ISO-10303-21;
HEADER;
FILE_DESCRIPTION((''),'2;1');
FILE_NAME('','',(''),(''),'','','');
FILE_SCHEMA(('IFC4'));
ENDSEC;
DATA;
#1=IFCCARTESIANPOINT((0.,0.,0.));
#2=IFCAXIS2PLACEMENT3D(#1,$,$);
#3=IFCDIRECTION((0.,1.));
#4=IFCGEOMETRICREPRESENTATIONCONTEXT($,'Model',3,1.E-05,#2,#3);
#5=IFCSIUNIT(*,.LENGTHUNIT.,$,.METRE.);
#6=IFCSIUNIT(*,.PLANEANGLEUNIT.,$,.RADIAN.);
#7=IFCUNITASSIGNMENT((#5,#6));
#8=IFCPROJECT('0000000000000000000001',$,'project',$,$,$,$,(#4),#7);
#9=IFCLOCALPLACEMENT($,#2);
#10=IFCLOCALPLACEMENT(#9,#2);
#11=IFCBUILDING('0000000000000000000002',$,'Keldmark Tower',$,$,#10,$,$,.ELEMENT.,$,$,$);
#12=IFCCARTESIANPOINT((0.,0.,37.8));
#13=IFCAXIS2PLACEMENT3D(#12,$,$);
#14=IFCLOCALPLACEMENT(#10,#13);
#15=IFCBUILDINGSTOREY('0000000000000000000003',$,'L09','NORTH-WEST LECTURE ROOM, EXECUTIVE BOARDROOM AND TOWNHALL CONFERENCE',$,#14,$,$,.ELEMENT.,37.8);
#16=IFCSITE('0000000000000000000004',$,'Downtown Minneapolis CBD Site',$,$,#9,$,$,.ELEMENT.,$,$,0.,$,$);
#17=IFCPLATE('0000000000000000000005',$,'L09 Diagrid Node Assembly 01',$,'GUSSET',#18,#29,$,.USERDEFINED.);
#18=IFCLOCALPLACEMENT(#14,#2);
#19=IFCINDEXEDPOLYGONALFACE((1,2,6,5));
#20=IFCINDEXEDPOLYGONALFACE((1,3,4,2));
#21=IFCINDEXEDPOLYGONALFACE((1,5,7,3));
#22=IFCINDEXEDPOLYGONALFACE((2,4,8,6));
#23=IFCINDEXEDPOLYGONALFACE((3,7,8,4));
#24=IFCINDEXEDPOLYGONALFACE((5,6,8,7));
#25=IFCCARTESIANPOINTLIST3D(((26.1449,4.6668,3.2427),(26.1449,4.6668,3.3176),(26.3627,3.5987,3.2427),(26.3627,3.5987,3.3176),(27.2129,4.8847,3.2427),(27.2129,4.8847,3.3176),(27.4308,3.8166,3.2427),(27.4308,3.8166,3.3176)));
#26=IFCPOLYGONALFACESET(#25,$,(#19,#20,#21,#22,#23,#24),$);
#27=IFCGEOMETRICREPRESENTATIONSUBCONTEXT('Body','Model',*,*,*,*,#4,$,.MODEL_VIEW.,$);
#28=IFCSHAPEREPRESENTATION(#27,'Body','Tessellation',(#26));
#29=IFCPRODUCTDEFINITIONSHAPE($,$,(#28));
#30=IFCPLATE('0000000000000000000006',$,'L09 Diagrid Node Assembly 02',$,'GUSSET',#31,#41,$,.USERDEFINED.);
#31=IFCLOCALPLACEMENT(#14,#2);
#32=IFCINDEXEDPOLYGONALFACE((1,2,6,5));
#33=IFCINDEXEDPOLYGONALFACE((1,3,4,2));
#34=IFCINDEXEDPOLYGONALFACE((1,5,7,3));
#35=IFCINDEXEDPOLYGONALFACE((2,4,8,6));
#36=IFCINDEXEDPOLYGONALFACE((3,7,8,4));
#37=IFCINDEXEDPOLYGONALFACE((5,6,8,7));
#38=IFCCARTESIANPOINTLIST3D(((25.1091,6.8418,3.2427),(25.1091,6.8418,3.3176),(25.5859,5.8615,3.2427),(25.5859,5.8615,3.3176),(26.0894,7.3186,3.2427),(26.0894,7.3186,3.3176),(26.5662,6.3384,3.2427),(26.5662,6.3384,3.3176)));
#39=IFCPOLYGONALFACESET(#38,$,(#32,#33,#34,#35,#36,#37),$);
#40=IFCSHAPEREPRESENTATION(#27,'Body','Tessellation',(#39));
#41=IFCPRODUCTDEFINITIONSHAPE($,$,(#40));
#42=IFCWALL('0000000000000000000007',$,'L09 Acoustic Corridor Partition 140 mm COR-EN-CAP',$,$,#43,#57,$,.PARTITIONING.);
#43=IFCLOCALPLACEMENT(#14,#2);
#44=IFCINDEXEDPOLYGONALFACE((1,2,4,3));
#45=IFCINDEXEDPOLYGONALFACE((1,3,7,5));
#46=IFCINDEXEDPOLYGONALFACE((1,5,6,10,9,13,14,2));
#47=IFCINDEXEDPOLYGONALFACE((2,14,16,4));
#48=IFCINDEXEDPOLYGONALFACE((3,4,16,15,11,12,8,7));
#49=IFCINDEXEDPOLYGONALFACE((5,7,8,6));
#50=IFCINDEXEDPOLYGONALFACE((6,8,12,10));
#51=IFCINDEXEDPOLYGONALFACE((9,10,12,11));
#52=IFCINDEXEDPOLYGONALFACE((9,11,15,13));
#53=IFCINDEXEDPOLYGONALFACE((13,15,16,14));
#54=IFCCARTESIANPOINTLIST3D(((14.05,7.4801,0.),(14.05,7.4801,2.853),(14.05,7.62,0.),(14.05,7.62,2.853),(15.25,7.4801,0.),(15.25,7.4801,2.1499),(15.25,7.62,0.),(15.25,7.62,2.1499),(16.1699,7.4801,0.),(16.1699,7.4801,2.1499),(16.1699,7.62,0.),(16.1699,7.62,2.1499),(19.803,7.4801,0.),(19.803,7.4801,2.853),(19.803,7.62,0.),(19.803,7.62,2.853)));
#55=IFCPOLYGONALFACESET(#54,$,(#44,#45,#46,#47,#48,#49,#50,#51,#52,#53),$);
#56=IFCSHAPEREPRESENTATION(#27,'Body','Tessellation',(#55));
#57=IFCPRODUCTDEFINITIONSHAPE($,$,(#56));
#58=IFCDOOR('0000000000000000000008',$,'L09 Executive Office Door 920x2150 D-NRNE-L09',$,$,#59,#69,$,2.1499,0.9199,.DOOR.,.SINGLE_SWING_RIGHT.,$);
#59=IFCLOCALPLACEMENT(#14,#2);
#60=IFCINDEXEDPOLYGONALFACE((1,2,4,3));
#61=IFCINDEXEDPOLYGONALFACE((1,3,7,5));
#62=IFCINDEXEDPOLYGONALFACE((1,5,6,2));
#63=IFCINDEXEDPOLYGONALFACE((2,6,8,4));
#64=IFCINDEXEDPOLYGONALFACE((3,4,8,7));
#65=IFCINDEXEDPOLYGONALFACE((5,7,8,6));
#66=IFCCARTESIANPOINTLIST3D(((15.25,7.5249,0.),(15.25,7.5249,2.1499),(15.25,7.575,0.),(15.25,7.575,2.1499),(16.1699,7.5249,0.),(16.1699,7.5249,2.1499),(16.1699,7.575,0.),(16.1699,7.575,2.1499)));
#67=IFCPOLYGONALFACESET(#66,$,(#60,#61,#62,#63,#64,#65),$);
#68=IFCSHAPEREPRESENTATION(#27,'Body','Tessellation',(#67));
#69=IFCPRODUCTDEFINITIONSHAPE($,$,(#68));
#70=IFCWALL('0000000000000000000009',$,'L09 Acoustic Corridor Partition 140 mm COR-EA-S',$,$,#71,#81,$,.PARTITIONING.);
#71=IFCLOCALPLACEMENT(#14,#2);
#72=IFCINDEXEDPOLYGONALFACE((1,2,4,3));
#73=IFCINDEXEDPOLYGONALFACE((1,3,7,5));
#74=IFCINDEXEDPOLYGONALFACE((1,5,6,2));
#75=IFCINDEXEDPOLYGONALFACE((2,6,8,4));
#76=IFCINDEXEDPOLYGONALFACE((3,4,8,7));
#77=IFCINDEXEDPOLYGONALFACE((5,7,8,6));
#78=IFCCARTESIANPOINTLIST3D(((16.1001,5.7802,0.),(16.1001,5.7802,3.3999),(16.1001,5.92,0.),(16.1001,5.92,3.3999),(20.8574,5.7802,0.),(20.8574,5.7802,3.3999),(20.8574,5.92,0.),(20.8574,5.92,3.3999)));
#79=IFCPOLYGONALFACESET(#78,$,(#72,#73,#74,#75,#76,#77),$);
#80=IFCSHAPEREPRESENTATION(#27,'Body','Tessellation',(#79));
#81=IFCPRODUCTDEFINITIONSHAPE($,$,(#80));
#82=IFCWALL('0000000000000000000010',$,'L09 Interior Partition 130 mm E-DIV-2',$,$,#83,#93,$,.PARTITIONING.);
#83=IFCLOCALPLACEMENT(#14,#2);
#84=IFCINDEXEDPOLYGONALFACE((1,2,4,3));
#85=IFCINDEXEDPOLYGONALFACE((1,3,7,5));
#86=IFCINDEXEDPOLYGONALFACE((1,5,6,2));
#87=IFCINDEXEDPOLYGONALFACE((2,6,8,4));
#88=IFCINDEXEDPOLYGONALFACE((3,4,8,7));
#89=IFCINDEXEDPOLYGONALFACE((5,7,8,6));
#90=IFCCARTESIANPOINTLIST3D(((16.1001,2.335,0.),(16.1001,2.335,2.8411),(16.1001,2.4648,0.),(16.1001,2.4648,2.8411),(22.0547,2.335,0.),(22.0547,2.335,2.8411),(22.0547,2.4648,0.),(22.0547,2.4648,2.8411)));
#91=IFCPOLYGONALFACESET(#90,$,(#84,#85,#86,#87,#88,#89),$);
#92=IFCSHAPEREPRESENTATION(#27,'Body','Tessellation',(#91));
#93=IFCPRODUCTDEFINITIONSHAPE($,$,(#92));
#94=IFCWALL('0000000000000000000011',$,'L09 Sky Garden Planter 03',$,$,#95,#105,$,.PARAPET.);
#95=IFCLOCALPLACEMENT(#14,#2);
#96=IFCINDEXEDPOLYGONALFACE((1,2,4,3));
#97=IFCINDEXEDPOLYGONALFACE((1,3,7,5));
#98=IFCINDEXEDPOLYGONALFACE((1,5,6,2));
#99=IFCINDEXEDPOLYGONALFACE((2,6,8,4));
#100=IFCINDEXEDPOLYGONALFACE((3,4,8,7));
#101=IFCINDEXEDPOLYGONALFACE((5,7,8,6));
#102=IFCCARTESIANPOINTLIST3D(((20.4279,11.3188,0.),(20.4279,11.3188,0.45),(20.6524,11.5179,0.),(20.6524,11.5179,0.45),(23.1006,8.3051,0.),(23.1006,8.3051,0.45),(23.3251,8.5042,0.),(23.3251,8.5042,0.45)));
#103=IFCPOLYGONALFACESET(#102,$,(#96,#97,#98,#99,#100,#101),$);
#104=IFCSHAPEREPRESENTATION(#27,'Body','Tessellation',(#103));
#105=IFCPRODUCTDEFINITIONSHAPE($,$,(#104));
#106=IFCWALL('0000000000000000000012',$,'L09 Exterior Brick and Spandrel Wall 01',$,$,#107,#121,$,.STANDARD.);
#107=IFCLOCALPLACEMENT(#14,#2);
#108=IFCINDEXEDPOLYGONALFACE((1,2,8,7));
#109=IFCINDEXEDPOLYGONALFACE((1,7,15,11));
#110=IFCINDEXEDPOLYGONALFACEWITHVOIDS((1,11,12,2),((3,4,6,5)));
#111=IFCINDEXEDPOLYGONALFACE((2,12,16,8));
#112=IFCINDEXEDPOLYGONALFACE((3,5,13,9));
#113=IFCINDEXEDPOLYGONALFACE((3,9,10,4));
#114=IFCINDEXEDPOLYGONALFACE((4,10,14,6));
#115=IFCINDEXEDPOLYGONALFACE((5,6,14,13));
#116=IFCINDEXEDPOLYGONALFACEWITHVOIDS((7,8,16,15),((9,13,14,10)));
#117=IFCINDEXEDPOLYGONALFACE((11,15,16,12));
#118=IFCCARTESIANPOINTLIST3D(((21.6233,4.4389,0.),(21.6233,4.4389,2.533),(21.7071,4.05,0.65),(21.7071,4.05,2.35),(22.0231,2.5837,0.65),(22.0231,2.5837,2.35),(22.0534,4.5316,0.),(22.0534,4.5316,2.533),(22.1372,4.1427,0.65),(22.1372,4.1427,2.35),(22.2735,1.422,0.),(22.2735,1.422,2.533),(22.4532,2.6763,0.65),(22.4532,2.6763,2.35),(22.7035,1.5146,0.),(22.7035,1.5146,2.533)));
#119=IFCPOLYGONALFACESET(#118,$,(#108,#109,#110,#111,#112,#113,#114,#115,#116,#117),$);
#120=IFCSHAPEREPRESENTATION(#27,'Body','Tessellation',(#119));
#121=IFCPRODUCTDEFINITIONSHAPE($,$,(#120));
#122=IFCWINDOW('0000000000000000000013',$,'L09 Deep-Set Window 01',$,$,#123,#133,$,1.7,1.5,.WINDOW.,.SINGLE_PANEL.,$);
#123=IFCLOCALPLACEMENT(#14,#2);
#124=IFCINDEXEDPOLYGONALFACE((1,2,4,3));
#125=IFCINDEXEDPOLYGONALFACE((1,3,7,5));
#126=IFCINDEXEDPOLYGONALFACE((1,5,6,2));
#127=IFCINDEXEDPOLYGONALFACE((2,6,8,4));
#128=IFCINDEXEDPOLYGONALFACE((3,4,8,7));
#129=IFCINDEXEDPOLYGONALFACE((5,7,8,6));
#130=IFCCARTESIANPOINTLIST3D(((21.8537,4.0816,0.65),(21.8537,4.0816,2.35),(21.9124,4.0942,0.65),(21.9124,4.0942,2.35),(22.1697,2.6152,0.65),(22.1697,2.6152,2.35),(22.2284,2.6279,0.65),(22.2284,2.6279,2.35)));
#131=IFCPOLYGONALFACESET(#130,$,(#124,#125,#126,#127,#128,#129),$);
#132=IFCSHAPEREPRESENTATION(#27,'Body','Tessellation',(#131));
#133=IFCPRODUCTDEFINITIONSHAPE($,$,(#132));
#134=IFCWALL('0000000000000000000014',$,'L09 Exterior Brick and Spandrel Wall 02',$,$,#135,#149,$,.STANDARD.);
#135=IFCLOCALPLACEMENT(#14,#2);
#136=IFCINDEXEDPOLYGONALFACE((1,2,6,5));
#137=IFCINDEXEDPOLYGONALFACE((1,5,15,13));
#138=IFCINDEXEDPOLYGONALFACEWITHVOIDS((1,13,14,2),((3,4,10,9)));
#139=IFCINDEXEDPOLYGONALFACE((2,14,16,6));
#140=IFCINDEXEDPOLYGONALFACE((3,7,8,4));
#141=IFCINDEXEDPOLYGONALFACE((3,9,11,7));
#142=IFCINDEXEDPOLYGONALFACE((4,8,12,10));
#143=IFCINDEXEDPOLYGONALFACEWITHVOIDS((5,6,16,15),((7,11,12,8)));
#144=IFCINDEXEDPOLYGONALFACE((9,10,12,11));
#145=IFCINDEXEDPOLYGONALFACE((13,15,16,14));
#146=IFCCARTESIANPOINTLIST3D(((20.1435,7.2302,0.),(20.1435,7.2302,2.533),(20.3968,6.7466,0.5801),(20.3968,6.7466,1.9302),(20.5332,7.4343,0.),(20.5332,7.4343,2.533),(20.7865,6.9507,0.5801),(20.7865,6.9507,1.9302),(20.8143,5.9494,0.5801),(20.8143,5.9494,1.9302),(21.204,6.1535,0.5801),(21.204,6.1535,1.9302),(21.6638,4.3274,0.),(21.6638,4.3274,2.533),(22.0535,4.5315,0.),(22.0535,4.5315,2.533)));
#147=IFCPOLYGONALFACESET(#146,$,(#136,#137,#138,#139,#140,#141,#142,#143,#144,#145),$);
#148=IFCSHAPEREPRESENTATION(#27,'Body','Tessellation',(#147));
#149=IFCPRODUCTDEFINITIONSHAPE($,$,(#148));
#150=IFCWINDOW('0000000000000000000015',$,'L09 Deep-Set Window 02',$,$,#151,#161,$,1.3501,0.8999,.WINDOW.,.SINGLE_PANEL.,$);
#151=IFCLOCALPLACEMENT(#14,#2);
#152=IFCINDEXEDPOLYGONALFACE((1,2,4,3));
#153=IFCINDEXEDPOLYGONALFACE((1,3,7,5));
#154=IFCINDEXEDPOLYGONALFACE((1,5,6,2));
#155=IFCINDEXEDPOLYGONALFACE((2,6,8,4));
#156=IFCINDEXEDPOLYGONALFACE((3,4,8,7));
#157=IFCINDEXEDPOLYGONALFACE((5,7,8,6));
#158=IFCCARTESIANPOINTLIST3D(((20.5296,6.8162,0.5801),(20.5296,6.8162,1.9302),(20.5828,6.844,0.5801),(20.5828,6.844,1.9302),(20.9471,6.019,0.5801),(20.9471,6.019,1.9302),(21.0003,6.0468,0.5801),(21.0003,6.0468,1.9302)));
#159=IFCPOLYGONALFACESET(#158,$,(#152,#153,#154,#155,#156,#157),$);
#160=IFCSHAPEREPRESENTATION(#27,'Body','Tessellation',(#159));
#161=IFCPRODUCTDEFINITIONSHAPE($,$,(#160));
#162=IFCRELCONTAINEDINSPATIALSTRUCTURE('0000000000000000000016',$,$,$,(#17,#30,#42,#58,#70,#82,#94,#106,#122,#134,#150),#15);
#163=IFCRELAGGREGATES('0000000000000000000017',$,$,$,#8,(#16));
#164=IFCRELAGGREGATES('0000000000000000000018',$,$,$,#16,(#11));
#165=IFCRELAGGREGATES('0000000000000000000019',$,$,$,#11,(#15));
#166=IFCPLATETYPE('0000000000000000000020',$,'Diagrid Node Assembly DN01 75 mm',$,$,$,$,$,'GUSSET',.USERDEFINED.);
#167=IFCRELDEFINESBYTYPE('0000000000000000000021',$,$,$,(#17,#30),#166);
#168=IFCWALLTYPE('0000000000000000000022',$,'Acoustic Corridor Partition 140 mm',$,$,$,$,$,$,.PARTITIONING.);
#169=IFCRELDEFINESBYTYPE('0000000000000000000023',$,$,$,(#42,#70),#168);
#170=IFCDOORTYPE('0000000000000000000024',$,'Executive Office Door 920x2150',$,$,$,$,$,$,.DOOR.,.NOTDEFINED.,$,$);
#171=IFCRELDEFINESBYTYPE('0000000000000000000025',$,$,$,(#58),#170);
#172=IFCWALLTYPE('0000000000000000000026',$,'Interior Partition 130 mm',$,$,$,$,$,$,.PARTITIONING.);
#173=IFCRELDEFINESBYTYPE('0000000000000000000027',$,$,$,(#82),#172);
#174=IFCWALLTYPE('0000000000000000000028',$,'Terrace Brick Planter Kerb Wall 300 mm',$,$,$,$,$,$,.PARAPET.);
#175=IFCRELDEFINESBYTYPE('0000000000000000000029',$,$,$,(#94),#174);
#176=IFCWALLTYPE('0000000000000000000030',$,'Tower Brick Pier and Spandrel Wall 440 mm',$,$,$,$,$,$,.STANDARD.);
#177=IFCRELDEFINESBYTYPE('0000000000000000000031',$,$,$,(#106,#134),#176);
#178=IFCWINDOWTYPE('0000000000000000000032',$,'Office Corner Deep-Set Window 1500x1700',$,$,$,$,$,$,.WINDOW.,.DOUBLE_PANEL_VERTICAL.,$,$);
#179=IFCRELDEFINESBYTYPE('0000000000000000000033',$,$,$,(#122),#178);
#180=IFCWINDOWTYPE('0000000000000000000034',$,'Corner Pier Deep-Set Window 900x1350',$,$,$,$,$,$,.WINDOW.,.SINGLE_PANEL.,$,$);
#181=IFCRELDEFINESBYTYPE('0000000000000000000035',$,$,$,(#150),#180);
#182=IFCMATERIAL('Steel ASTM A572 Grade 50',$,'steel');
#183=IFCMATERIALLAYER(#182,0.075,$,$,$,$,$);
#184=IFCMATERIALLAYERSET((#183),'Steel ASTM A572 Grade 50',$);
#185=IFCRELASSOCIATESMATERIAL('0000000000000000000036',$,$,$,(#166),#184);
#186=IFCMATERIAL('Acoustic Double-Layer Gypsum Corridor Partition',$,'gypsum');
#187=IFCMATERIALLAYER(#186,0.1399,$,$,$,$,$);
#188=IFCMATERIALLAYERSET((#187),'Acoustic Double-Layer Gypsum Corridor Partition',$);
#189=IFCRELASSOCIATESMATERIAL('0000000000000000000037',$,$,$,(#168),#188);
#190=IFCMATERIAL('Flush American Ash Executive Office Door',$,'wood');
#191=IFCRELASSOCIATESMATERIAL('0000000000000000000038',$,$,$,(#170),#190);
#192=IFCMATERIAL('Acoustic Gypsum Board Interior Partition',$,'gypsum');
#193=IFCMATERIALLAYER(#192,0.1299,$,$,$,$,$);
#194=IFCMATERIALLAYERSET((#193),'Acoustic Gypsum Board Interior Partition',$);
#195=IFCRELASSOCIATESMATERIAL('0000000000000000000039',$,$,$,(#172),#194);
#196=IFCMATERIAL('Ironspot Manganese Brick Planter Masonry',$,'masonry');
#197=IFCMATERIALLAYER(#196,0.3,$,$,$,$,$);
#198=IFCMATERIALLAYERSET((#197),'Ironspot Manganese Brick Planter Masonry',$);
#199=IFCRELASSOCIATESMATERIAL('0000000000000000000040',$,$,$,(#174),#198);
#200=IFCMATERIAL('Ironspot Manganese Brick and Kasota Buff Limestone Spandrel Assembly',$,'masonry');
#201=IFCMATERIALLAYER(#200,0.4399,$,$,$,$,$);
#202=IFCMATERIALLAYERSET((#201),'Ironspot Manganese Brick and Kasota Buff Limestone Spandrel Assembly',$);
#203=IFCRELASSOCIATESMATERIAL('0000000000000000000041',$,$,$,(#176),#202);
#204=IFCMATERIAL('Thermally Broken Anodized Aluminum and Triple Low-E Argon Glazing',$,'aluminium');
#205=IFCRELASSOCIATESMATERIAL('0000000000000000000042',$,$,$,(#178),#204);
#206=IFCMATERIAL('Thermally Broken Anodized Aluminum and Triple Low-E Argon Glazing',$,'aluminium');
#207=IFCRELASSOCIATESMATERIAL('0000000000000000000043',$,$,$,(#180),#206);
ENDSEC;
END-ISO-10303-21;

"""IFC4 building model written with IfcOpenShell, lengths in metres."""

from ifc_helpers import new_model, si_unit, direction, frame, frame_2d, origin, origin_2d, place, context, subcontext, project, spatial, rectangle, extrude, material, layer, layer_set, type_object, element, fill, save


model = new_model("IFC4")

# Units and contexts
model_context = context("Model", 3, precision=1e-05, world=origin(), true_north=direction((0.0, 1.0)))
body_context = subcontext(model_context, "Body", "Model", "MODEL_VIEW")
ifc_project = project(units=[si_unit("LENGTHUNIT", "METRE"), si_unit("PLANEANGLEUNIT", "RADIAN")], contexts=[model_context])

# Site, building, storey
site_placement = place(None, origin())
site = spatial("IfcSite", under=ifc_project, at=site_placement, Name="Downtown Minneapolis CBD Site", CompositionType="ELEMENT", RefElevation=0.0)
building_placement = place(site_placement, origin())
building = spatial("IfcBuilding", under=site, at=building_placement, Name="Keldmark Tower", CompositionType="ELEMENT")
storey_placement = place(building_placement, frame((0.0, 0.0, 37.8)))
storey = spatial("IfcBuildingStorey", under=building, at=storey_placement, Name="L09", Description="NORTH-WEST LECTURE ROOM, EXECUTIVE BOARDROOM AND TOWNHALL CONFERENCE", CompositionType="ELEMENT", Elevation=37.8)

# Plates
ifc_material_1 = material(Name="Steel ASTM A572 Grade 50", Category="steel")
ifc_layer_1 = layer(ifc_material_1, 0.075)
ifc_layer_set_1 = layer_set([ifc_layer_1], Name="Steel ASTM A572 Grade 50")
plate_type_1 = type_object("IfcPlateType", Name="Diagrid Node Assembly DN01 75 mm", ElementType="GUSSET", PredefinedType="USERDEFINED", material=ifc_layer_set_1)
for number, where, z_axis, x_axis, name in (
    (1, (26.7878, 4.2417, 3.2427), (0.0, 0.0, 1.0), (-0.199881, 0.97982, 0.0), "L09 Diagrid Node Assembly 01"),
    (2, (25.8376, 6.5901, 3.2427), (0.0, 0.0, 1.0), (-0.43743, 0.899253, 0.0), "L09 Diagrid Node Assembly 02"),
):
    element("IfcPlate", number, at=place(storey_placement, frame(where, z_axis=z_axis, x_axis=x_axis)), inside=storey, type_object=plate_type_1, Name=name, ObjectType="GUSSET", PredefinedType="USERDEFINED", context=body_context, shape_type="SweptSolid", body=[
        extrude(rectangle(XDim=1.0901, YDim=1.0901, at=origin_2d()), origin(), (0.0, 0.0, 1.0), 0.075),
    ])

# Wall, opening, door
ifc_material_2 = material(Name="Acoustic Double-Layer Gypsum Corridor Partition", Category="gypsum")
ifc_layer_2 = layer(ifc_material_2, 0.1399)
ifc_layer_set_2 = layer_set([ifc_layer_2], Name="Acoustic Double-Layer Gypsum Corridor Partition")
wall_type_1 = type_object("IfcWallType", Name="Acoustic Corridor Partition 140 mm", PredefinedType="PARTITIONING", material=ifc_layer_set_2)
wall_1_placement = place(storey_placement, frame((14.05, 7.55, 0.0), z_axis=(0.0, 0.0, 1.0), x_axis=(1.0, 0.0, 0.0)))
wall_1 = element("IfcWall", 3, at=wall_1_placement, inside=storey, type_object=wall_type_1, Name="L09 Acoustic Corridor Partition 140 mm COR-EN-CAP", PredefinedType="PARTITIONING", context=body_context, shape_type="SweptSolid", body=[
    extrude(rectangle(XDim=5.7529, YDim=0.1399, at=frame_2d((2.8765, 0.0))), origin(), (0.0, 0.0, 1.0), 2.853),
])
opening_1_placement = place(wall_1_placement, frame((1.2, 0.0, 0.0)))
opening_1 = element("IfcOpeningElement", 4, at=opening_1_placement, cuts=wall_1, PredefinedType="OPENING", context=body_context, shape_type="SweptSolid", body=[
    extrude(rectangle(XDim=0.9199, YDim=2.1499, at=frame_2d((0.46, 1.075))), frame((0.0, 0.0798, 0.0), z_axis=(0.0, -1.0, 0.0), x_axis=(1.0, 0.0, 0.0)), (0.0, 0.0, 1.0), 0.1599),
])
ifc_material_3 = material(Name="Flush American Ash Executive Office Door", Category="wood")
door_type_1 = type_object("IfcDoorType", Name="Executive Office Door 920x2150", OperationType="NOTDEFINED", PredefinedType="DOOR", material=ifc_material_3)
door_1_placement = place(opening_1_placement, origin())
door_1 = element("IfcDoor", 5, at=door_1_placement, inside=storey, type_object=door_type_1, Name="L09 Executive Office Door 920x2150 D-NRNE-L09", OperationType="SINGLE_SWING_RIGHT", OverallHeight=2.1499, OverallWidth=0.9199, PredefinedType="DOOR", context=body_context, shape_type="SweptSolid", body=[
    extrude(rectangle(XDim=0.9199, YDim=2.1499, at=frame_2d((0.46, 1.075))), frame((0.0, 0.0249, 0.0), z_axis=(0.0, -1.0, 0.0), x_axis=(1.0, 0.0, 0.0)), (0.0, 0.0, 1.0), 0.05),
])
fill(opening_1, door_1)

# Walls
wall_2_placement = place(storey_placement, frame((16.1001, 5.8501, 0.0), z_axis=(0.0, 0.0, 1.0), x_axis=(1.0, 0.0, 0.0)))
element("IfcWall", 6, at=wall_2_placement, inside=storey, type_object=wall_type_1, Name="L09 Acoustic Corridor Partition 140 mm COR-EA-S", PredefinedType="PARTITIONING", context=body_context, shape_type="SweptSolid", body=[
    extrude(rectangle(XDim=4.7573, YDim=0.1399, at=frame_2d((2.3787, 0.0))), origin(), (0.0, 0.0, 1.0), 3.3999),
])
ifc_material_4 = material(Name="Acoustic Gypsum Board Interior Partition", Category="gypsum")
ifc_layer_3 = layer(ifc_material_4, 0.1299)
ifc_layer_set_3 = layer_set([ifc_layer_3], Name="Acoustic Gypsum Board Interior Partition")
wall_type_2 = type_object("IfcWallType", Name="Interior Partition 130 mm", PredefinedType="PARTITIONING", material=ifc_layer_set_3)
wall_3_placement = place(storey_placement, frame((16.1001, 2.3999, 0.0), z_axis=(0.0, 0.0, 1.0), x_axis=(1.0, 0.0, 0.0)))
element("IfcWall", 7, at=wall_3_placement, inside=storey, type_object=wall_type_2, Name="L09 Interior Partition 130 mm E-DIV-2", PredefinedType="PARTITIONING", context=body_context, shape_type="SweptSolid", body=[
    extrude(rectangle(XDim=5.9546, YDim=0.1299, at=frame_2d((2.9773, 0.0))), origin(), (0.0, 0.0, 1.0), 2.8411),
])
ifc_material_5 = material(Name="Ironspot Manganese Brick Planter Masonry", Category="masonry")
ifc_layer_4 = layer(ifc_material_5, 0.3)
ifc_layer_set_4 = layer_set([ifc_layer_4], Name="Ironspot Manganese Brick Planter Masonry")
wall_type_3 = type_object("IfcWallType", Name="Terrace Brick Planter Kerb Wall 300 mm", PredefinedType="PARAPET", material=ifc_layer_set_4)
wall_4_placement = place(storey_placement, frame((23.2129, 8.4045, 0.0), z_axis=(0.0, 0.0, 1.0), x_axis=(-0.663502, 0.748175, 0.0)))
element("IfcWall", 8, at=wall_4_placement, inside=storey, type_object=wall_type_3, Name="L09 Sky Garden Planter 03", PredefinedType="PARAPET", context=body_context, shape_type="SweptSolid", body=[
    extrude(rectangle(XDim=4.0281, YDim=0.3, at=frame_2d((2.0142, 0.0))), origin(), (0.0, 0.0, 1.0), 0.45),
])

# Walls, openings, windows
ifc_material_6 = material(Name="Ironspot Manganese Brick and Kasota Buff Limestone Spandrel Assembly", Category="masonry")
ifc_layer_5 = layer(ifc_material_6, 0.4399)
ifc_layer_set_5 = layer_set([ifc_layer_5], Name="Ironspot Manganese Brick and Kasota Buff Limestone Spandrel Assembly")
wall_type_4 = type_object("IfcWallType", Name="Tower Brick Pier and Spandrel Wall 440 mm", PredefinedType="STANDARD", material=ifc_layer_set_5)
wall_5_placement = place(storey_placement, frame((21.8384, 4.4851, 0.0), z_axis=(0.0, 0.0, 1.0), x_axis=(0.210669, -0.977557, 0.0)))
wall_5 = element("IfcWall", 9, at=wall_5_placement, inside=storey, type_object=wall_type_4, Name="L09 Exterior Brick and Spandrel Wall 01", PredefinedType="STANDARD", context=body_context, shape_type="SweptSolid", body=[
    extrude(rectangle(XDim=3.0862, YDim=0.4399, at=frame_2d((1.543, 0.0))), origin(), (0.0, 0.0, 1.0), 2.533),
])
opening_2_placement = place(wall_5_placement, frame((0.3977, 0.0, 0.6499)))
opening_2 = element("IfcOpeningElement", 10, at=opening_2_placement, cuts=wall_5, PredefinedType="OPENING", context=body_context, shape_type="SweptSolid", body=[
    extrude(rectangle(XDim=1.5, YDim=1.7, at=frame_2d((0.75, 0.8501))), frame((0.0, 0.23, 0.0), z_axis=(0.0, -1.0, 0.0), x_axis=(1.0, 0.0, 0.0)), (0.0, 0.0, 1.0), 0.46),
])
ifc_material_7 = material(Name="Thermally Broken Anodized Aluminum and Triple Low-E Argon Glazing", Category="aluminium")
window_type_1 = type_object("IfcWindowType", Name="Office Corner Deep-Set Window 1500x1700", PartitioningType="DOUBLE_PANEL_VERTICAL", PredefinedType="WINDOW", material=ifc_material_7)
window_1_placement = place(opening_2_placement, origin())
window_1 = element("IfcWindow", 11, at=window_1_placement, inside=storey, type_object=window_type_1, Name="L09 Deep-Set Window 01", OverallHeight=1.7, OverallWidth=1.5, PartitioningType="SINGLE_PANEL", PredefinedType="WINDOW", context=body_context, shape_type="SweptSolid", body=[
    extrude(rectangle(XDim=1.5, YDim=1.7, at=frame_2d((0.75, 0.8501))), frame((0.0, -0.01, 0.0), z_axis=(0.0, -1.0, 0.0), x_axis=(1.0, 0.0, 0.0)), (0.0, 0.0, 1.0), 0.0601),
])
fill(opening_2, window_1)
wall_6_placement = place(storey_placement, frame((20.3384, 7.3323, 0.0), z_axis=(0.0, 0.0, 1.0), x_axis=(0.463943, -0.885865, 0.0)))
wall_6 = element("IfcWall", 12, at=wall_6_placement, inside=storey, type_object=wall_type_4, Name="L09 Exterior Brick and Spandrel Wall 02", PredefinedType="STANDARD", context=body_context, shape_type="SweptSolid", body=[
    extrude(rectangle(XDim=3.2769, YDim=0.4399, at=frame_2d((1.6384, 0.0))), origin(), (0.0, 0.0, 1.0), 2.533),
])
opening_3_placement = place(wall_6_placement, frame((0.5459, 0.0, 0.5801)))
opening_3 = element("IfcOpeningElement", 13, at=opening_3_placement, cuts=wall_6, PredefinedType="OPENING", context=body_context, shape_type="SweptSolid", body=[
    extrude(rectangle(XDim=0.8999, YDim=1.3501, at=frame_2d((0.45, 0.675))), frame((0.0, 0.23, 0.0), z_axis=(0.0, -1.0, 0.0), x_axis=(1.0, 0.0, 0.0)), (0.0, 0.0, 1.0), 0.46),
])
ifc_material_8 = material(Name="Thermally Broken Anodized Aluminum and Triple Low-E Argon Glazing", Category="aluminium")
window_type_2 = type_object("IfcWindowType", Name="Corner Pier Deep-Set Window 900x1350", PartitioningType="SINGLE_PANEL", PredefinedType="WINDOW", material=ifc_material_8)
window_2_placement = place(opening_3_placement, origin())
window_2 = element("IfcWindow", 14, at=window_2_placement, inside=storey, type_object=window_type_2, Name="L09 Deep-Set Window 02", OverallHeight=1.3501, OverallWidth=0.8999, PartitioningType="SINGLE_PANEL", PredefinedType="WINDOW", context=body_context, shape_type="SweptSolid", body=[
    extrude(rectangle(XDim=0.8999, YDim=1.3501, at=frame_2d((0.45, 0.675))), frame((0.0, -0.01, 0.0), z_axis=(0.0, -1.0, 0.0), x_axis=(1.0, 0.0, 0.0)), (0.0, 0.0, 1.0), 0.0601),
])
fill(opening_3, window_2)

save(model, "model.ifc")
